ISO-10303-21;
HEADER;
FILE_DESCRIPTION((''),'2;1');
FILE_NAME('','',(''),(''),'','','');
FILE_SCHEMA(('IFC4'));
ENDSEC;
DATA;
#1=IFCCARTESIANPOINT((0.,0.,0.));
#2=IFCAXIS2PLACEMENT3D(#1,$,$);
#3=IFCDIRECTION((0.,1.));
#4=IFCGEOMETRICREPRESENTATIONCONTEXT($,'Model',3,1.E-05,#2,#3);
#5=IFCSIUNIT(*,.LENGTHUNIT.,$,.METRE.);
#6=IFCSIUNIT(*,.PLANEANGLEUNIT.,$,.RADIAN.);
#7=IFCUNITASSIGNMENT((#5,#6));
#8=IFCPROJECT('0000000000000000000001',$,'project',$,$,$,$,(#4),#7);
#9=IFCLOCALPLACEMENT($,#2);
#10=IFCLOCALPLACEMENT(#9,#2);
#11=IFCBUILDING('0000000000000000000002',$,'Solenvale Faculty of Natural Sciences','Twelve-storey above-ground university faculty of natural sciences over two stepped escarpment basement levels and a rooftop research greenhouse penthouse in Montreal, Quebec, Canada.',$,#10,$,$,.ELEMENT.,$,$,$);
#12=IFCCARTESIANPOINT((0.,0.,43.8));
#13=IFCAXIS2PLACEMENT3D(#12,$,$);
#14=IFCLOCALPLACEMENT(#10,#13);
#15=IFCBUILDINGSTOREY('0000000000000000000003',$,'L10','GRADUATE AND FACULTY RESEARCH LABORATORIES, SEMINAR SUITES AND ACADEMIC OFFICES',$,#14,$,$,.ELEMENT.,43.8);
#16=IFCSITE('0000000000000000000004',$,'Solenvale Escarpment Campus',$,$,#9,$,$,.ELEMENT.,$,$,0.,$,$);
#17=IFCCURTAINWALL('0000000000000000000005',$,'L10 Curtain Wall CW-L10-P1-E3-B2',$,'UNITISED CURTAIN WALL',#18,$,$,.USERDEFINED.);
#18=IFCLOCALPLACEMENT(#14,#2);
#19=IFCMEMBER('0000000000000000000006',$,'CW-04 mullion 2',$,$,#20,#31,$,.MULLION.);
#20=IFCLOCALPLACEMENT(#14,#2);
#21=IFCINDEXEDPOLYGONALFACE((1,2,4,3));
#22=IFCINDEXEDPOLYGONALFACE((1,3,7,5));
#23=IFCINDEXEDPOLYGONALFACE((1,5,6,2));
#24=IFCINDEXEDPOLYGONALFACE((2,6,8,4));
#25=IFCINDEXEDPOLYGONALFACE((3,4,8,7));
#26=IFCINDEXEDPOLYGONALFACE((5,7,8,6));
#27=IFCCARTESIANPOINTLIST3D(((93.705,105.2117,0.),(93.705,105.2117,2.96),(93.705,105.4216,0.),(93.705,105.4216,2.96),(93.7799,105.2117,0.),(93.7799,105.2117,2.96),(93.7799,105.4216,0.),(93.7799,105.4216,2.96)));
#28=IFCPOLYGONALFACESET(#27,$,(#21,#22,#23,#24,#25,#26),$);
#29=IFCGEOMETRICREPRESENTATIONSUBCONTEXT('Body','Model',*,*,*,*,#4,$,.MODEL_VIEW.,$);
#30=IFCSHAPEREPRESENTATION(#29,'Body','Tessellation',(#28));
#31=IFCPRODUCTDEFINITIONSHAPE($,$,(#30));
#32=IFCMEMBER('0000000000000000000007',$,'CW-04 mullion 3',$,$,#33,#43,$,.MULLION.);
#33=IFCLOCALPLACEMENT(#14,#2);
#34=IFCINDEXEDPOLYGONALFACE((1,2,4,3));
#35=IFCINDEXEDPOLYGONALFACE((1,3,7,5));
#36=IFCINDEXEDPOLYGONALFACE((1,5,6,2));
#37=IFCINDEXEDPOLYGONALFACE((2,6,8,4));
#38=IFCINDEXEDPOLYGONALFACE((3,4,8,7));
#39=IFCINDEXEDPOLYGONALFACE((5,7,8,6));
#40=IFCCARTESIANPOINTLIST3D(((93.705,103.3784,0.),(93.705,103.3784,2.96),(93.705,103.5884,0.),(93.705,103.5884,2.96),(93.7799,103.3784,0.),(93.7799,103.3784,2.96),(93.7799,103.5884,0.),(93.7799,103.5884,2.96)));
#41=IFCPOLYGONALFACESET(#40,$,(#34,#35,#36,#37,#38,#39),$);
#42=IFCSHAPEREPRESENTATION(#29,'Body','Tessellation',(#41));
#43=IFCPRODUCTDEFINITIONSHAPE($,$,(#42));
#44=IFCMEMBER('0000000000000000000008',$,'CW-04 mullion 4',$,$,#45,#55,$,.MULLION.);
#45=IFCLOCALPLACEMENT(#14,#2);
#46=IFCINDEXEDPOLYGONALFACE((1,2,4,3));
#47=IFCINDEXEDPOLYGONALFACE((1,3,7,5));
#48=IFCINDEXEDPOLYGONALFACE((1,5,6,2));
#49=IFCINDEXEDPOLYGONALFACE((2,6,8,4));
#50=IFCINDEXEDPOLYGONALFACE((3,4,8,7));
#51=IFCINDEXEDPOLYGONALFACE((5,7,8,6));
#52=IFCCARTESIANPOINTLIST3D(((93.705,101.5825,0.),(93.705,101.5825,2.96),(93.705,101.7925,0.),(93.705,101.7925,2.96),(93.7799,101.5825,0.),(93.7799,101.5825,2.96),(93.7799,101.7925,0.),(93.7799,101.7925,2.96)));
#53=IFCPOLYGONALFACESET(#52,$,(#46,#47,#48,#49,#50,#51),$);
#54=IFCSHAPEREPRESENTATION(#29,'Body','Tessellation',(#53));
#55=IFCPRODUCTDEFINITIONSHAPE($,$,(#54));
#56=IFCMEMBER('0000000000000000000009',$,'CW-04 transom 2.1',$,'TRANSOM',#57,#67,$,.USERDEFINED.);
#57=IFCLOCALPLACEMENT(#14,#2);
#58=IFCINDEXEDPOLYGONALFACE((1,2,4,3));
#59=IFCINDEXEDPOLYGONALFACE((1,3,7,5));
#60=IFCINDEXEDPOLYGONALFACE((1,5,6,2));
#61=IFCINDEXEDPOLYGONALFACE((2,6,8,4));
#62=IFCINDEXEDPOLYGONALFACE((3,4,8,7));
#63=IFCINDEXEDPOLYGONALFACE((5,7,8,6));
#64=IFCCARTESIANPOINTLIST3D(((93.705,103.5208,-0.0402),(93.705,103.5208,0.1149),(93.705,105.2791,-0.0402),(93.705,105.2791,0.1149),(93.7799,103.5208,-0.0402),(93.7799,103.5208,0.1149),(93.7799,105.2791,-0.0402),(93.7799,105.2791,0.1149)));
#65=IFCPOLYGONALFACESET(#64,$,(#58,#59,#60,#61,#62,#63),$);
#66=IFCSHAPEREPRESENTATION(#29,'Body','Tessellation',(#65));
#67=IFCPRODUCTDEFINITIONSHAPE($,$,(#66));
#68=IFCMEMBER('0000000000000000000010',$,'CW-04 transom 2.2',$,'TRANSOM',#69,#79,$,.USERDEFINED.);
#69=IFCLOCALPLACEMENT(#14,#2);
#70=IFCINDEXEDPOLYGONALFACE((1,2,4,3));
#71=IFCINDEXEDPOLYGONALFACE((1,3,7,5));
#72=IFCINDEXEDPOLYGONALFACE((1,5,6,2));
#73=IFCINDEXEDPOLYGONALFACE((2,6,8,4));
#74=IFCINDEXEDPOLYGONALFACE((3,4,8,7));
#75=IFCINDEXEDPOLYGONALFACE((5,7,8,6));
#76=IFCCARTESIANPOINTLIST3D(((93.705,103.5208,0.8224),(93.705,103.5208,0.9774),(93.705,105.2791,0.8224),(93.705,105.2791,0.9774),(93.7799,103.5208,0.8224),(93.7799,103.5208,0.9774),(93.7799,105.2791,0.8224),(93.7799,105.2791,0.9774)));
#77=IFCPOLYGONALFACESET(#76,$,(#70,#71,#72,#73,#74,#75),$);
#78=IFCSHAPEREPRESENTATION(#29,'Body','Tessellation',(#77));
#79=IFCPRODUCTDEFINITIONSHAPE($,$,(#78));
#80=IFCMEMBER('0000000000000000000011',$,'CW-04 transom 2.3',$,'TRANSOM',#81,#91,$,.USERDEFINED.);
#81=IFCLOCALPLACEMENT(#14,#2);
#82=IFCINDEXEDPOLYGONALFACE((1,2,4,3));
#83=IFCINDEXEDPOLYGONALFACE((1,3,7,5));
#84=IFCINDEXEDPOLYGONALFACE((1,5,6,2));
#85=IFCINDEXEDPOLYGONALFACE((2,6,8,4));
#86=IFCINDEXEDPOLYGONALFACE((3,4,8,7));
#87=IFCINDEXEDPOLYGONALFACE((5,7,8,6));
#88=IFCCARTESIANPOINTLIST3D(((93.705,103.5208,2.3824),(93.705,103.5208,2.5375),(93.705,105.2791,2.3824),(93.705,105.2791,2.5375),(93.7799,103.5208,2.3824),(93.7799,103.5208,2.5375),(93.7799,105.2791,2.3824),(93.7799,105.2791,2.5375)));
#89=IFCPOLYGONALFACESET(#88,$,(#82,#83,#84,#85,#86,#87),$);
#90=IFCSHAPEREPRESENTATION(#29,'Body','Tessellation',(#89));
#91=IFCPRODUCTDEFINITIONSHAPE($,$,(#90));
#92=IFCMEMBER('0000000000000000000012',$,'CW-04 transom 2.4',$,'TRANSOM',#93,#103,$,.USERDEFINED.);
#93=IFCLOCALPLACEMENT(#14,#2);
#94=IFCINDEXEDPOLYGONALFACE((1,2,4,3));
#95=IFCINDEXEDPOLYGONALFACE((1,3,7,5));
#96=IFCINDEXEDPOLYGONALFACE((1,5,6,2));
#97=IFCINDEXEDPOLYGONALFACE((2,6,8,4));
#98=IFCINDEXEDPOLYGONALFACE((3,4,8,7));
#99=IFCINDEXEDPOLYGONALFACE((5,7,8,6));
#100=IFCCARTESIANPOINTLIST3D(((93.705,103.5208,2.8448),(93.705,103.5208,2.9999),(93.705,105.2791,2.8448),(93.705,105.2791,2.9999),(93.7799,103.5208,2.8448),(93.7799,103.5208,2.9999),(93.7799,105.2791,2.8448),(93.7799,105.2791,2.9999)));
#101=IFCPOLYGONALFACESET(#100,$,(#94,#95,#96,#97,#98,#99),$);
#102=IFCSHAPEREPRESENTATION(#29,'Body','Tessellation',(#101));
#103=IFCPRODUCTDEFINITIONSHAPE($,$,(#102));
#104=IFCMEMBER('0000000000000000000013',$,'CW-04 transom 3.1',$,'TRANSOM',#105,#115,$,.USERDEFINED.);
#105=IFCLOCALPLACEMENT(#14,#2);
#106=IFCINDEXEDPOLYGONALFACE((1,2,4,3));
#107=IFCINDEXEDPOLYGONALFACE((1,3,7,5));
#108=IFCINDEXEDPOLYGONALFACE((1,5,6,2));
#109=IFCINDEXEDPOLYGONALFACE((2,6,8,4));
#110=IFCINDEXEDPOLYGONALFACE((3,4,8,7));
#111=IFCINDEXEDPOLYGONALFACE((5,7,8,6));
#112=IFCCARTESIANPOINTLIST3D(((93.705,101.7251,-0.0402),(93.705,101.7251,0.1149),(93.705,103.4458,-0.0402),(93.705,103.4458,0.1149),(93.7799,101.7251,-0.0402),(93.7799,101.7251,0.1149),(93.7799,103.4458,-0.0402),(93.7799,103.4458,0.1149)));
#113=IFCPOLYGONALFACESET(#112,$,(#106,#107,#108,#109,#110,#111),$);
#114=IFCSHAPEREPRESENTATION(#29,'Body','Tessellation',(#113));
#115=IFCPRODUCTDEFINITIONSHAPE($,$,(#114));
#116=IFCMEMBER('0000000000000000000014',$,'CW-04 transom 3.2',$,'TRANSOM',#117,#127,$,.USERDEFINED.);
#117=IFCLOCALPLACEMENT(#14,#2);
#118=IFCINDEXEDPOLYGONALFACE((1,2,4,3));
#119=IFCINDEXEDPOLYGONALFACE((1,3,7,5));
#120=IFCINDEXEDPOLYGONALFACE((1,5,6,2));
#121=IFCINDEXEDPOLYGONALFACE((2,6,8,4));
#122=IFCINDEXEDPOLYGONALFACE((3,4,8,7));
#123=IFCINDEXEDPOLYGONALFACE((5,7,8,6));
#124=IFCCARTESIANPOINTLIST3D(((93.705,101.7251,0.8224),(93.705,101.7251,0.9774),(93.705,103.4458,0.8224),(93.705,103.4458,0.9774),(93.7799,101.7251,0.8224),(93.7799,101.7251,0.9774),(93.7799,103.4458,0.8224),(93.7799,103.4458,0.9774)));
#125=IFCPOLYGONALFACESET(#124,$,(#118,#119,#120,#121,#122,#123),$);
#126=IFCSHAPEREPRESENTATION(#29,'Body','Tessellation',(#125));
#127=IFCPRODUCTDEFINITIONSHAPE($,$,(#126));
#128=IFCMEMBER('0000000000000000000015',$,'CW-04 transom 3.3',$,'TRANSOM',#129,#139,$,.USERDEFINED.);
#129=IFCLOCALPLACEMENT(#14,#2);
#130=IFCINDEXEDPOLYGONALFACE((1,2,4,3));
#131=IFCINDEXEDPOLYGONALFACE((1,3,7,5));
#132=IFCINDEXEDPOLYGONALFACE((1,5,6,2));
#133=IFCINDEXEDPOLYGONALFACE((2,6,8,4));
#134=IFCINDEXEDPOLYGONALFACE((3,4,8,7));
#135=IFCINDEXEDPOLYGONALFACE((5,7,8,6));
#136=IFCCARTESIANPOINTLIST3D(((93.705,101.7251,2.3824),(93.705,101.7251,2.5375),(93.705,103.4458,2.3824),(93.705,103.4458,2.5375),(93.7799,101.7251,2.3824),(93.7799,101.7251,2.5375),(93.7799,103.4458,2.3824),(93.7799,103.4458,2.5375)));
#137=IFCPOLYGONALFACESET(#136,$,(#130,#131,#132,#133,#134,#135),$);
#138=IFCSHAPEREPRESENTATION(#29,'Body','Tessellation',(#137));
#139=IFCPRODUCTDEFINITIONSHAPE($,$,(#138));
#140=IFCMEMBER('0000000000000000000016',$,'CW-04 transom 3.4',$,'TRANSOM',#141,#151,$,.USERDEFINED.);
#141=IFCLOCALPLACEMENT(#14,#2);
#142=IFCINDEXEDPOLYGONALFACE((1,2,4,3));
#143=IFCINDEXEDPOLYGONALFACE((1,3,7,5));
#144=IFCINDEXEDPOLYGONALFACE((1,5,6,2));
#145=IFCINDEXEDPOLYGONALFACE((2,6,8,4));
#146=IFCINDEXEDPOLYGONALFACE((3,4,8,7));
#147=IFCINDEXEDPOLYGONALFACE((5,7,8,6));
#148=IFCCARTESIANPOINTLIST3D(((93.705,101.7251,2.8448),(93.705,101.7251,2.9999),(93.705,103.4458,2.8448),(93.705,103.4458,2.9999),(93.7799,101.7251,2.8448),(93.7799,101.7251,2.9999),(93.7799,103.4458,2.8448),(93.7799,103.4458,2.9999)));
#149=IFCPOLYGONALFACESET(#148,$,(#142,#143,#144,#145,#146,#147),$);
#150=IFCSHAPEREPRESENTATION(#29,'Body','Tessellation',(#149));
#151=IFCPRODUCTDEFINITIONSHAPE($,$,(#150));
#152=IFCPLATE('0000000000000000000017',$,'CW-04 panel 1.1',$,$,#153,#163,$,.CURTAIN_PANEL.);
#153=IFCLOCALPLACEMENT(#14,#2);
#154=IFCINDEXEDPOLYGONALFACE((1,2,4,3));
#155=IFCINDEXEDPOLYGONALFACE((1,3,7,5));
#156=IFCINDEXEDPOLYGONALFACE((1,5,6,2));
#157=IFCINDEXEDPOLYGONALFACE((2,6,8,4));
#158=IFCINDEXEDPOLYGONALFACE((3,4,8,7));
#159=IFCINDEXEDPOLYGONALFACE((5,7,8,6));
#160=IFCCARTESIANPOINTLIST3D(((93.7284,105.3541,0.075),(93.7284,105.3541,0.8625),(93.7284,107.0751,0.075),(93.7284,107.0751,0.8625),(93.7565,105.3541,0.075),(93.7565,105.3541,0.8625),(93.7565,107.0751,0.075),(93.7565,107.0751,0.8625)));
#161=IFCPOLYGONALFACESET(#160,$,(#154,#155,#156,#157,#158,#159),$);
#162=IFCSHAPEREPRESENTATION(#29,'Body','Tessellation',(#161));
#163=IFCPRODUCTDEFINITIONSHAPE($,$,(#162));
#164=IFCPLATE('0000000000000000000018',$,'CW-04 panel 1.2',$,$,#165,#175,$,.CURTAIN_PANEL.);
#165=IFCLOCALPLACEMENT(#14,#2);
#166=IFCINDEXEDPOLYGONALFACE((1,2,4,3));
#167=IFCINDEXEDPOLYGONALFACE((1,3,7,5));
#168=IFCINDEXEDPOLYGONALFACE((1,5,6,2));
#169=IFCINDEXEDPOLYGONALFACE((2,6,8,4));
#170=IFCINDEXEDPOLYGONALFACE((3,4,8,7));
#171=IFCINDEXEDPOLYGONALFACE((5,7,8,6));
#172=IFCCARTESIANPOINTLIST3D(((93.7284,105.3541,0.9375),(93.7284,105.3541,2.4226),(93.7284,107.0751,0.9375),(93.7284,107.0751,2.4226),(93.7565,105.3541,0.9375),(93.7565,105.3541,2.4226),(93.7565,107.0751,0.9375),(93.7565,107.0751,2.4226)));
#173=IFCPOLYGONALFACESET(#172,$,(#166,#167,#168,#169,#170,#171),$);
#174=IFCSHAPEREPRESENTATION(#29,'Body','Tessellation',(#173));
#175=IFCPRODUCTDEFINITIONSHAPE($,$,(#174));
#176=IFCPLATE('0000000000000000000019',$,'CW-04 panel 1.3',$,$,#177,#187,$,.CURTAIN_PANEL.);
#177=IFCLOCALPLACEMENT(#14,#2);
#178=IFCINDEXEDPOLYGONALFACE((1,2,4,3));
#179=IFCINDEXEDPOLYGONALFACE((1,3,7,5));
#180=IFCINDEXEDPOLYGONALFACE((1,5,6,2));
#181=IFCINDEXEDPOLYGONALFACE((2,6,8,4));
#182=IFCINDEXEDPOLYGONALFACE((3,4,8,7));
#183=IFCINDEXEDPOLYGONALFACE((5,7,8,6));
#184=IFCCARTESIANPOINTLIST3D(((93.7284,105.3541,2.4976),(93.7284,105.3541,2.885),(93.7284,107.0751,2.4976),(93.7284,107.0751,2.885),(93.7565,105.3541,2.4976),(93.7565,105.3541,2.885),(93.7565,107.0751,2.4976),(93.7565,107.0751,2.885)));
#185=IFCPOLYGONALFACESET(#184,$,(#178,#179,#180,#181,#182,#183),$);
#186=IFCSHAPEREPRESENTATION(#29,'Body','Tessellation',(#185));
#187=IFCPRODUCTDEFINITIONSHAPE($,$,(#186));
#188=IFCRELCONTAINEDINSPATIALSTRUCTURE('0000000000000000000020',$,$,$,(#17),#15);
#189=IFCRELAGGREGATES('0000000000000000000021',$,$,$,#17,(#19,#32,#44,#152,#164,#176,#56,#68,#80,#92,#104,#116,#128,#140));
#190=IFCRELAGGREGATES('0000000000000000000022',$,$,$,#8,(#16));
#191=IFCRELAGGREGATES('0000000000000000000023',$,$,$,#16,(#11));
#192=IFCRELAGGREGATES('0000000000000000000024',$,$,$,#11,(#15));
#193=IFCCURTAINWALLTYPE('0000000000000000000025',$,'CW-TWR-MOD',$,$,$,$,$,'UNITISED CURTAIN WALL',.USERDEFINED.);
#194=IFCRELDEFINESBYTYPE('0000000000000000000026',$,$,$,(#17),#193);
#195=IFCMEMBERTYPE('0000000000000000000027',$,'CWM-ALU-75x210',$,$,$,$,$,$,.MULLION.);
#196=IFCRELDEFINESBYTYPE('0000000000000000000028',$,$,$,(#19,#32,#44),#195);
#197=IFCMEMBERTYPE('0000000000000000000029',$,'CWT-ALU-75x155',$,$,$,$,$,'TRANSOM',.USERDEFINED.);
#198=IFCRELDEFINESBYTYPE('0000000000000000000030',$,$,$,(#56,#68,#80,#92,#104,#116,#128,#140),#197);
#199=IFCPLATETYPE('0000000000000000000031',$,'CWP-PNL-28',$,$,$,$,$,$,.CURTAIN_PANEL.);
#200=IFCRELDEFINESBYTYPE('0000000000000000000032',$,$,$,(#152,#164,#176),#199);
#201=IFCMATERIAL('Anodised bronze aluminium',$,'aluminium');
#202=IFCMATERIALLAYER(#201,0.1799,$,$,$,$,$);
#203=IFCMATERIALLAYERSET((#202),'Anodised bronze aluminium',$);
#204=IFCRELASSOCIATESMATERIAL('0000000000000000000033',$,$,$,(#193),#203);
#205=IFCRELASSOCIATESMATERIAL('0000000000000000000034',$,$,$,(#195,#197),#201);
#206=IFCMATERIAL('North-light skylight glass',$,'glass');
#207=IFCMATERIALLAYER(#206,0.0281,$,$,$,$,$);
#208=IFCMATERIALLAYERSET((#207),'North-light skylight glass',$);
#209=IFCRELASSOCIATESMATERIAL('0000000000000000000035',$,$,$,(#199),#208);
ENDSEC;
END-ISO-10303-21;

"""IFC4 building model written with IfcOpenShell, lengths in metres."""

from ifc_helpers import new_model, si_unit, direction, frame, origin, origin_2d, place, context, subcontext, project, spatial, rectangle, extrude, material, layer, layer_set, material_profile, profile_set, type_object, element, aggregate, save


model = new_model("IFC4")

# Units and contexts
model_context = context("Model", 3, precision=1e-05, world=origin(), true_north=direction((0.0, 1.0)))
body_context = subcontext(model_context, "Body", "Model", "MODEL_VIEW")
ifc_project = project(units=[si_unit("LENGTHUNIT", "METRE"), si_unit("PLANEANGLEUNIT", "RADIAN")], contexts=[model_context])

# Site, building, storey
site_placement = place(None, origin())
site = spatial("IfcSite", under=ifc_project, at=site_placement, Name="Solenvale Escarpment Campus", CompositionType="ELEMENT", RefElevation=0.0)
building_placement = place(site_placement, origin())
building = spatial("IfcBuilding", under=site, at=building_placement, Name="Solenvale Faculty of Natural Sciences", Description="Twelve-storey above-ground university faculty of natural sciences over two stepped escarpment basement levels and a rooftop research greenhouse penthouse in Montreal, Quebec, Canada.", CompositionType="ELEMENT")
storey_placement = place(building_placement, frame((0.0, 0.0, 43.8)))
storey = spatial("IfcBuildingStorey", under=building, at=storey_placement, Name="L10", Description="GRADUATE AND FACULTY RESEARCH LABORATORIES, SEMINAR SUITES AND ACADEMIC OFFICES", CompositionType="ELEMENT", Elevation=43.8)

# Curtain wall, members, plates
ifc_material_1 = material(Name="Anodised bronze aluminium", Category="aluminium")
ifc_layer_1 = layer(ifc_material_1, 0.1799)
ifc_layer_set_1 = layer_set([ifc_layer_1], Name="Anodised bronze aluminium")
curtain_wall_type = type_object("IfcCurtainWallType", Name="CW-TWR-MOD", ElementType="UNITISED CURTAIN WALL", PredefinedType="USERDEFINED", material=ifc_layer_set_1)
curtain_wall_placement = place(storey_placement, origin())
curtain_wall = element("IfcCurtainWall", 1, at=curtain_wall_placement, inside=storey, type_object=curtain_wall_type, Name="L10 Curtain Wall CW-L10-P1-E3-B2", ObjectType="UNITISED CURTAIN WALL", PredefinedType="USERDEFINED")
ifc_material_profile_1 = material_profile(ifc_material_1, rectangle(XDim=0.075, YDim=0.21, at=origin_2d()), Name="ALU-MUL-75x210")
ifc_profile_set_1 = profile_set([ifc_material_profile_1], Name="Anodised bronze aluminium")
member_type_1 = type_object("IfcMemberType", Name="CWM-ALU-75x210", PredefinedType="MULLION", material=ifc_profile_set_1)
member_1_placement = place(storey_placement, frame((93.7424, 105.3167, 0.0), z_axis=(0.0, 0.0, 1.0), x_axis=(1.0, 0.0, 0.0)))
member_1 = element("IfcMember", 2, at=member_1_placement, type_object=member_type_1, Name="CW-04 mullion 2", PredefinedType="MULLION", context=body_context, shape_type="SweptSolid", body=[
    extrude(rectangle(XDim=0.075, YDim=0.21, at=origin_2d()), origin(), (0.0, 0.0, 1.0), 2.96),
])
member_2_placement = place(storey_placement, frame((93.7424, 103.4834, 0.0), z_axis=(0.0, 0.0, 1.0), x_axis=(1.0, 0.0, 0.0)))
member_2 = element("IfcMember", 3, at=member_2_placement, type_object=member_type_1, Name="CW-04 mullion 3", PredefinedType="MULLION", context=body_context, shape_type="SweptSolid", body=[
    extrude(rectangle(XDim=0.075, YDim=0.21, at=origin_2d()), origin(), (0.0, 0.0, 1.0), 2.96),
])
member_3_placement = place(storey_placement, frame((93.7424, 101.6875, 0.0), z_axis=(0.0, 0.0, 1.0), x_axis=(1.0, 0.0, 0.0)))
member_3 = element("IfcMember", 4, at=member_3_placement, type_object=member_type_1, Name="CW-04 mullion 4", PredefinedType="MULLION", context=body_context, shape_type="SweptSolid", body=[
    extrude(rectangle(XDim=0.075, YDim=0.21, at=origin_2d()), origin(), (0.0, 0.0, 1.0), 2.96),
])
ifc_material_profile_2 = material_profile(ifc_material_1, rectangle(XDim=0.075, YDim=0.155, at=origin_2d()), Name="ALU-TRN-75x155")
ifc_profile_set_2 = profile_set([ifc_material_profile_2], Name="Anodised bronze aluminium")
member_type_2 = type_object("IfcMemberType", Name="CWT-ALU-75x155", ElementType="TRANSOM", PredefinedType="USERDEFINED", material=ifc_profile_set_2)
member_4_placement = place(storey_placement, frame((93.7424, 105.2791, 0.0374), z_axis=(0.0, -1.0, 0.0), x_axis=(1.0, 0.0, 0.0)))
member_4 = element("IfcMember", 5, at=member_4_placement, type_object=member_type_2, Name="CW-04 transom 2.1", ObjectType="TRANSOM", PredefinedType="USERDEFINED", context=body_context, shape_type="SweptSolid", body=[
    extrude(rectangle(XDim=0.075, YDim=0.155, at=origin_2d()), origin(), (0.0, 0.0, 1.0), 1.7583),
])
member_5_placement = place(storey_placement, frame((93.7424, 105.2791, 0.8999), z_axis=(0.0, -1.0, 0.0), x_axis=(1.0, 0.0, 0.0)))
member_5 = element("IfcMember", 6, at=member_5_placement, type_object=member_type_2, Name="CW-04 transom 2.2", ObjectType="TRANSOM", PredefinedType="USERDEFINED", context=body_context, shape_type="SweptSolid", body=[
    extrude(rectangle(XDim=0.075, YDim=0.155, at=origin_2d()), origin(), (0.0, 0.0, 1.0), 1.7583),
])
member_6_placement = place(storey_placement, frame((93.7424, 105.2791, 2.46), z_axis=(0.0, -1.0, 0.0), x_axis=(1.0, 0.0, 0.0)))
member_6 = element("IfcMember", 7, at=member_6_placement, type_object=member_type_2, Name="CW-04 transom 2.3", ObjectType="TRANSOM", PredefinedType="USERDEFINED", context=body_context, shape_type="SweptSolid", body=[
    extrude(rectangle(XDim=0.075, YDim=0.155, at=origin_2d()), origin(), (0.0, 0.0, 1.0), 1.7583),
])
member_7_placement = place(storey_placement, frame((93.7424, 105.2791, 2.9224), z_axis=(0.0, -1.0, 0.0), x_axis=(1.0, 0.0, 0.0)))
member_7 = element("IfcMember", 8, at=member_7_placement, type_object=member_type_2, Name="CW-04 transom 2.4", ObjectType="TRANSOM", PredefinedType="USERDEFINED", context=body_context, shape_type="SweptSolid", body=[
    extrude(rectangle(XDim=0.075, YDim=0.155, at=origin_2d()), origin(), (0.0, 0.0, 1.0), 1.7583),
])
member_8_placement = place(storey_placement, frame((93.7424, 103.4458, 0.0374), z_axis=(0.0, -1.0, 0.0), x_axis=(1.0, 0.0, 0.0)))
member_8 = element("IfcMember", 9, at=member_8_placement, type_object=member_type_2, Name="CW-04 transom 3.1", ObjectType="TRANSOM", PredefinedType="USERDEFINED", context=body_context, shape_type="SweptSolid", body=[
    extrude(rectangle(XDim=0.075, YDim=0.155, at=origin_2d()), origin(), (0.0, 0.0, 1.0), 1.7207),
])
member_9_placement = place(storey_placement, frame((93.7424, 103.4458, 0.8999), z_axis=(0.0, -1.0, 0.0), x_axis=(1.0, 0.0, 0.0)))
member_9 = element("IfcMember", 10, at=member_9_placement, type_object=member_type_2, Name="CW-04 transom 3.2", ObjectType="TRANSOM", PredefinedType="USERDEFINED", context=body_context, shape_type="SweptSolid", body=[
    extrude(rectangle(XDim=0.075, YDim=0.155, at=origin_2d()), origin(), (0.0, 0.0, 1.0), 1.7207),
])
member_10_placement = place(storey_placement, frame((93.7424, 103.4458, 2.46), z_axis=(0.0, -1.0, 0.0), x_axis=(1.0, 0.0, 0.0)))
member_10 = element("IfcMember", 11, at=member_10_placement, type_object=member_type_2, Name="CW-04 transom 3.3", ObjectType="TRANSOM", PredefinedType="USERDEFINED", context=body_context, shape_type="SweptSolid", body=[
    extrude(rectangle(XDim=0.075, YDim=0.155, at=origin_2d()), origin(), (0.0, 0.0, 1.0), 1.7207),
])
member_11_placement = place(storey_placement, frame((93.7424, 103.4458, 2.9224), z_axis=(0.0, -1.0, 0.0), x_axis=(1.0, 0.0, 0.0)))
member_11 = element("IfcMember", 12, at=member_11_placement, type_object=member_type_2, Name="CW-04 transom 3.4", ObjectType="TRANSOM", PredefinedType="USERDEFINED", context=body_context, shape_type="SweptSolid", body=[
    extrude(rectangle(XDim=0.075, YDim=0.155, at=origin_2d()), origin(), (0.0, 0.0, 1.0), 1.7207),
])
ifc_material_2 = material(Name="North-light skylight glass", Category="glass")
ifc_layer_2 = layer(ifc_material_2, 0.0281)
ifc_layer_set_2 = layer_set([ifc_layer_2], Name="North-light skylight glass")
plate_type = type_object("IfcPlateType", Name="CWP-PNL-28", PredefinedType="CURTAIN_PANEL", material=ifc_layer_set_2)
plate_1_placement = place(storey_placement, frame((93.7424, 106.2146, 0.075), z_axis=(0.0, 0.0, 1.0), x_axis=(0.0, -1.0, 0.0)))
plate_1 = element("IfcPlate", 13, at=plate_1_placement, type_object=plate_type, Name="CW-04 panel 1.1", PredefinedType="CURTAIN_PANEL", context=body_context, shape_type="SweptSolid", body=[
    extrude(rectangle(XDim=1.7209, YDim=0.0281, at=origin_2d()), origin(), (0.0, 0.0, 1.0), 0.7876),
])
plate_2_placement = place(storey_placement, frame((93.7424, 106.2146, 0.9375), z_axis=(0.0, 0.0, 1.0), x_axis=(0.0, -1.0, 0.0)))
plate_2 = element("IfcPlate", 14, at=plate_2_placement, type_object=plate_type, Name="CW-04 panel 1.2", PredefinedType="CURTAIN_PANEL", context=body_context, shape_type="SweptSolid", body=[
    extrude(rectangle(XDim=1.7209, YDim=0.0281, at=origin_2d()), origin(), (0.0, 0.0, 1.0), 1.4851),
])
plate_3_placement = place(storey_placement, frame((93.7424, 106.2146, 2.4976), z_axis=(0.0, 0.0, 1.0), x_axis=(0.0, -1.0, 0.0)))
plate_3 = element("IfcPlate", 15, at=plate_3_placement, type_object=plate_type, Name="CW-04 panel 1.3", PredefinedType="CURTAIN_PANEL", context=body_context, shape_type="SweptSolid", body=[
    extrude(rectangle(XDim=1.7209, YDim=0.0281, at=origin_2d()), origin(), (0.0, 0.0, 1.0), 0.3875),
])
aggregate(curtain_wall, [member_1, member_2, member_3, plate_1, plate_2, plate_3, member_4, member_5, member_6, member_7, member_8, member_9, member_10, member_11])

save(model, "model.ifc")
